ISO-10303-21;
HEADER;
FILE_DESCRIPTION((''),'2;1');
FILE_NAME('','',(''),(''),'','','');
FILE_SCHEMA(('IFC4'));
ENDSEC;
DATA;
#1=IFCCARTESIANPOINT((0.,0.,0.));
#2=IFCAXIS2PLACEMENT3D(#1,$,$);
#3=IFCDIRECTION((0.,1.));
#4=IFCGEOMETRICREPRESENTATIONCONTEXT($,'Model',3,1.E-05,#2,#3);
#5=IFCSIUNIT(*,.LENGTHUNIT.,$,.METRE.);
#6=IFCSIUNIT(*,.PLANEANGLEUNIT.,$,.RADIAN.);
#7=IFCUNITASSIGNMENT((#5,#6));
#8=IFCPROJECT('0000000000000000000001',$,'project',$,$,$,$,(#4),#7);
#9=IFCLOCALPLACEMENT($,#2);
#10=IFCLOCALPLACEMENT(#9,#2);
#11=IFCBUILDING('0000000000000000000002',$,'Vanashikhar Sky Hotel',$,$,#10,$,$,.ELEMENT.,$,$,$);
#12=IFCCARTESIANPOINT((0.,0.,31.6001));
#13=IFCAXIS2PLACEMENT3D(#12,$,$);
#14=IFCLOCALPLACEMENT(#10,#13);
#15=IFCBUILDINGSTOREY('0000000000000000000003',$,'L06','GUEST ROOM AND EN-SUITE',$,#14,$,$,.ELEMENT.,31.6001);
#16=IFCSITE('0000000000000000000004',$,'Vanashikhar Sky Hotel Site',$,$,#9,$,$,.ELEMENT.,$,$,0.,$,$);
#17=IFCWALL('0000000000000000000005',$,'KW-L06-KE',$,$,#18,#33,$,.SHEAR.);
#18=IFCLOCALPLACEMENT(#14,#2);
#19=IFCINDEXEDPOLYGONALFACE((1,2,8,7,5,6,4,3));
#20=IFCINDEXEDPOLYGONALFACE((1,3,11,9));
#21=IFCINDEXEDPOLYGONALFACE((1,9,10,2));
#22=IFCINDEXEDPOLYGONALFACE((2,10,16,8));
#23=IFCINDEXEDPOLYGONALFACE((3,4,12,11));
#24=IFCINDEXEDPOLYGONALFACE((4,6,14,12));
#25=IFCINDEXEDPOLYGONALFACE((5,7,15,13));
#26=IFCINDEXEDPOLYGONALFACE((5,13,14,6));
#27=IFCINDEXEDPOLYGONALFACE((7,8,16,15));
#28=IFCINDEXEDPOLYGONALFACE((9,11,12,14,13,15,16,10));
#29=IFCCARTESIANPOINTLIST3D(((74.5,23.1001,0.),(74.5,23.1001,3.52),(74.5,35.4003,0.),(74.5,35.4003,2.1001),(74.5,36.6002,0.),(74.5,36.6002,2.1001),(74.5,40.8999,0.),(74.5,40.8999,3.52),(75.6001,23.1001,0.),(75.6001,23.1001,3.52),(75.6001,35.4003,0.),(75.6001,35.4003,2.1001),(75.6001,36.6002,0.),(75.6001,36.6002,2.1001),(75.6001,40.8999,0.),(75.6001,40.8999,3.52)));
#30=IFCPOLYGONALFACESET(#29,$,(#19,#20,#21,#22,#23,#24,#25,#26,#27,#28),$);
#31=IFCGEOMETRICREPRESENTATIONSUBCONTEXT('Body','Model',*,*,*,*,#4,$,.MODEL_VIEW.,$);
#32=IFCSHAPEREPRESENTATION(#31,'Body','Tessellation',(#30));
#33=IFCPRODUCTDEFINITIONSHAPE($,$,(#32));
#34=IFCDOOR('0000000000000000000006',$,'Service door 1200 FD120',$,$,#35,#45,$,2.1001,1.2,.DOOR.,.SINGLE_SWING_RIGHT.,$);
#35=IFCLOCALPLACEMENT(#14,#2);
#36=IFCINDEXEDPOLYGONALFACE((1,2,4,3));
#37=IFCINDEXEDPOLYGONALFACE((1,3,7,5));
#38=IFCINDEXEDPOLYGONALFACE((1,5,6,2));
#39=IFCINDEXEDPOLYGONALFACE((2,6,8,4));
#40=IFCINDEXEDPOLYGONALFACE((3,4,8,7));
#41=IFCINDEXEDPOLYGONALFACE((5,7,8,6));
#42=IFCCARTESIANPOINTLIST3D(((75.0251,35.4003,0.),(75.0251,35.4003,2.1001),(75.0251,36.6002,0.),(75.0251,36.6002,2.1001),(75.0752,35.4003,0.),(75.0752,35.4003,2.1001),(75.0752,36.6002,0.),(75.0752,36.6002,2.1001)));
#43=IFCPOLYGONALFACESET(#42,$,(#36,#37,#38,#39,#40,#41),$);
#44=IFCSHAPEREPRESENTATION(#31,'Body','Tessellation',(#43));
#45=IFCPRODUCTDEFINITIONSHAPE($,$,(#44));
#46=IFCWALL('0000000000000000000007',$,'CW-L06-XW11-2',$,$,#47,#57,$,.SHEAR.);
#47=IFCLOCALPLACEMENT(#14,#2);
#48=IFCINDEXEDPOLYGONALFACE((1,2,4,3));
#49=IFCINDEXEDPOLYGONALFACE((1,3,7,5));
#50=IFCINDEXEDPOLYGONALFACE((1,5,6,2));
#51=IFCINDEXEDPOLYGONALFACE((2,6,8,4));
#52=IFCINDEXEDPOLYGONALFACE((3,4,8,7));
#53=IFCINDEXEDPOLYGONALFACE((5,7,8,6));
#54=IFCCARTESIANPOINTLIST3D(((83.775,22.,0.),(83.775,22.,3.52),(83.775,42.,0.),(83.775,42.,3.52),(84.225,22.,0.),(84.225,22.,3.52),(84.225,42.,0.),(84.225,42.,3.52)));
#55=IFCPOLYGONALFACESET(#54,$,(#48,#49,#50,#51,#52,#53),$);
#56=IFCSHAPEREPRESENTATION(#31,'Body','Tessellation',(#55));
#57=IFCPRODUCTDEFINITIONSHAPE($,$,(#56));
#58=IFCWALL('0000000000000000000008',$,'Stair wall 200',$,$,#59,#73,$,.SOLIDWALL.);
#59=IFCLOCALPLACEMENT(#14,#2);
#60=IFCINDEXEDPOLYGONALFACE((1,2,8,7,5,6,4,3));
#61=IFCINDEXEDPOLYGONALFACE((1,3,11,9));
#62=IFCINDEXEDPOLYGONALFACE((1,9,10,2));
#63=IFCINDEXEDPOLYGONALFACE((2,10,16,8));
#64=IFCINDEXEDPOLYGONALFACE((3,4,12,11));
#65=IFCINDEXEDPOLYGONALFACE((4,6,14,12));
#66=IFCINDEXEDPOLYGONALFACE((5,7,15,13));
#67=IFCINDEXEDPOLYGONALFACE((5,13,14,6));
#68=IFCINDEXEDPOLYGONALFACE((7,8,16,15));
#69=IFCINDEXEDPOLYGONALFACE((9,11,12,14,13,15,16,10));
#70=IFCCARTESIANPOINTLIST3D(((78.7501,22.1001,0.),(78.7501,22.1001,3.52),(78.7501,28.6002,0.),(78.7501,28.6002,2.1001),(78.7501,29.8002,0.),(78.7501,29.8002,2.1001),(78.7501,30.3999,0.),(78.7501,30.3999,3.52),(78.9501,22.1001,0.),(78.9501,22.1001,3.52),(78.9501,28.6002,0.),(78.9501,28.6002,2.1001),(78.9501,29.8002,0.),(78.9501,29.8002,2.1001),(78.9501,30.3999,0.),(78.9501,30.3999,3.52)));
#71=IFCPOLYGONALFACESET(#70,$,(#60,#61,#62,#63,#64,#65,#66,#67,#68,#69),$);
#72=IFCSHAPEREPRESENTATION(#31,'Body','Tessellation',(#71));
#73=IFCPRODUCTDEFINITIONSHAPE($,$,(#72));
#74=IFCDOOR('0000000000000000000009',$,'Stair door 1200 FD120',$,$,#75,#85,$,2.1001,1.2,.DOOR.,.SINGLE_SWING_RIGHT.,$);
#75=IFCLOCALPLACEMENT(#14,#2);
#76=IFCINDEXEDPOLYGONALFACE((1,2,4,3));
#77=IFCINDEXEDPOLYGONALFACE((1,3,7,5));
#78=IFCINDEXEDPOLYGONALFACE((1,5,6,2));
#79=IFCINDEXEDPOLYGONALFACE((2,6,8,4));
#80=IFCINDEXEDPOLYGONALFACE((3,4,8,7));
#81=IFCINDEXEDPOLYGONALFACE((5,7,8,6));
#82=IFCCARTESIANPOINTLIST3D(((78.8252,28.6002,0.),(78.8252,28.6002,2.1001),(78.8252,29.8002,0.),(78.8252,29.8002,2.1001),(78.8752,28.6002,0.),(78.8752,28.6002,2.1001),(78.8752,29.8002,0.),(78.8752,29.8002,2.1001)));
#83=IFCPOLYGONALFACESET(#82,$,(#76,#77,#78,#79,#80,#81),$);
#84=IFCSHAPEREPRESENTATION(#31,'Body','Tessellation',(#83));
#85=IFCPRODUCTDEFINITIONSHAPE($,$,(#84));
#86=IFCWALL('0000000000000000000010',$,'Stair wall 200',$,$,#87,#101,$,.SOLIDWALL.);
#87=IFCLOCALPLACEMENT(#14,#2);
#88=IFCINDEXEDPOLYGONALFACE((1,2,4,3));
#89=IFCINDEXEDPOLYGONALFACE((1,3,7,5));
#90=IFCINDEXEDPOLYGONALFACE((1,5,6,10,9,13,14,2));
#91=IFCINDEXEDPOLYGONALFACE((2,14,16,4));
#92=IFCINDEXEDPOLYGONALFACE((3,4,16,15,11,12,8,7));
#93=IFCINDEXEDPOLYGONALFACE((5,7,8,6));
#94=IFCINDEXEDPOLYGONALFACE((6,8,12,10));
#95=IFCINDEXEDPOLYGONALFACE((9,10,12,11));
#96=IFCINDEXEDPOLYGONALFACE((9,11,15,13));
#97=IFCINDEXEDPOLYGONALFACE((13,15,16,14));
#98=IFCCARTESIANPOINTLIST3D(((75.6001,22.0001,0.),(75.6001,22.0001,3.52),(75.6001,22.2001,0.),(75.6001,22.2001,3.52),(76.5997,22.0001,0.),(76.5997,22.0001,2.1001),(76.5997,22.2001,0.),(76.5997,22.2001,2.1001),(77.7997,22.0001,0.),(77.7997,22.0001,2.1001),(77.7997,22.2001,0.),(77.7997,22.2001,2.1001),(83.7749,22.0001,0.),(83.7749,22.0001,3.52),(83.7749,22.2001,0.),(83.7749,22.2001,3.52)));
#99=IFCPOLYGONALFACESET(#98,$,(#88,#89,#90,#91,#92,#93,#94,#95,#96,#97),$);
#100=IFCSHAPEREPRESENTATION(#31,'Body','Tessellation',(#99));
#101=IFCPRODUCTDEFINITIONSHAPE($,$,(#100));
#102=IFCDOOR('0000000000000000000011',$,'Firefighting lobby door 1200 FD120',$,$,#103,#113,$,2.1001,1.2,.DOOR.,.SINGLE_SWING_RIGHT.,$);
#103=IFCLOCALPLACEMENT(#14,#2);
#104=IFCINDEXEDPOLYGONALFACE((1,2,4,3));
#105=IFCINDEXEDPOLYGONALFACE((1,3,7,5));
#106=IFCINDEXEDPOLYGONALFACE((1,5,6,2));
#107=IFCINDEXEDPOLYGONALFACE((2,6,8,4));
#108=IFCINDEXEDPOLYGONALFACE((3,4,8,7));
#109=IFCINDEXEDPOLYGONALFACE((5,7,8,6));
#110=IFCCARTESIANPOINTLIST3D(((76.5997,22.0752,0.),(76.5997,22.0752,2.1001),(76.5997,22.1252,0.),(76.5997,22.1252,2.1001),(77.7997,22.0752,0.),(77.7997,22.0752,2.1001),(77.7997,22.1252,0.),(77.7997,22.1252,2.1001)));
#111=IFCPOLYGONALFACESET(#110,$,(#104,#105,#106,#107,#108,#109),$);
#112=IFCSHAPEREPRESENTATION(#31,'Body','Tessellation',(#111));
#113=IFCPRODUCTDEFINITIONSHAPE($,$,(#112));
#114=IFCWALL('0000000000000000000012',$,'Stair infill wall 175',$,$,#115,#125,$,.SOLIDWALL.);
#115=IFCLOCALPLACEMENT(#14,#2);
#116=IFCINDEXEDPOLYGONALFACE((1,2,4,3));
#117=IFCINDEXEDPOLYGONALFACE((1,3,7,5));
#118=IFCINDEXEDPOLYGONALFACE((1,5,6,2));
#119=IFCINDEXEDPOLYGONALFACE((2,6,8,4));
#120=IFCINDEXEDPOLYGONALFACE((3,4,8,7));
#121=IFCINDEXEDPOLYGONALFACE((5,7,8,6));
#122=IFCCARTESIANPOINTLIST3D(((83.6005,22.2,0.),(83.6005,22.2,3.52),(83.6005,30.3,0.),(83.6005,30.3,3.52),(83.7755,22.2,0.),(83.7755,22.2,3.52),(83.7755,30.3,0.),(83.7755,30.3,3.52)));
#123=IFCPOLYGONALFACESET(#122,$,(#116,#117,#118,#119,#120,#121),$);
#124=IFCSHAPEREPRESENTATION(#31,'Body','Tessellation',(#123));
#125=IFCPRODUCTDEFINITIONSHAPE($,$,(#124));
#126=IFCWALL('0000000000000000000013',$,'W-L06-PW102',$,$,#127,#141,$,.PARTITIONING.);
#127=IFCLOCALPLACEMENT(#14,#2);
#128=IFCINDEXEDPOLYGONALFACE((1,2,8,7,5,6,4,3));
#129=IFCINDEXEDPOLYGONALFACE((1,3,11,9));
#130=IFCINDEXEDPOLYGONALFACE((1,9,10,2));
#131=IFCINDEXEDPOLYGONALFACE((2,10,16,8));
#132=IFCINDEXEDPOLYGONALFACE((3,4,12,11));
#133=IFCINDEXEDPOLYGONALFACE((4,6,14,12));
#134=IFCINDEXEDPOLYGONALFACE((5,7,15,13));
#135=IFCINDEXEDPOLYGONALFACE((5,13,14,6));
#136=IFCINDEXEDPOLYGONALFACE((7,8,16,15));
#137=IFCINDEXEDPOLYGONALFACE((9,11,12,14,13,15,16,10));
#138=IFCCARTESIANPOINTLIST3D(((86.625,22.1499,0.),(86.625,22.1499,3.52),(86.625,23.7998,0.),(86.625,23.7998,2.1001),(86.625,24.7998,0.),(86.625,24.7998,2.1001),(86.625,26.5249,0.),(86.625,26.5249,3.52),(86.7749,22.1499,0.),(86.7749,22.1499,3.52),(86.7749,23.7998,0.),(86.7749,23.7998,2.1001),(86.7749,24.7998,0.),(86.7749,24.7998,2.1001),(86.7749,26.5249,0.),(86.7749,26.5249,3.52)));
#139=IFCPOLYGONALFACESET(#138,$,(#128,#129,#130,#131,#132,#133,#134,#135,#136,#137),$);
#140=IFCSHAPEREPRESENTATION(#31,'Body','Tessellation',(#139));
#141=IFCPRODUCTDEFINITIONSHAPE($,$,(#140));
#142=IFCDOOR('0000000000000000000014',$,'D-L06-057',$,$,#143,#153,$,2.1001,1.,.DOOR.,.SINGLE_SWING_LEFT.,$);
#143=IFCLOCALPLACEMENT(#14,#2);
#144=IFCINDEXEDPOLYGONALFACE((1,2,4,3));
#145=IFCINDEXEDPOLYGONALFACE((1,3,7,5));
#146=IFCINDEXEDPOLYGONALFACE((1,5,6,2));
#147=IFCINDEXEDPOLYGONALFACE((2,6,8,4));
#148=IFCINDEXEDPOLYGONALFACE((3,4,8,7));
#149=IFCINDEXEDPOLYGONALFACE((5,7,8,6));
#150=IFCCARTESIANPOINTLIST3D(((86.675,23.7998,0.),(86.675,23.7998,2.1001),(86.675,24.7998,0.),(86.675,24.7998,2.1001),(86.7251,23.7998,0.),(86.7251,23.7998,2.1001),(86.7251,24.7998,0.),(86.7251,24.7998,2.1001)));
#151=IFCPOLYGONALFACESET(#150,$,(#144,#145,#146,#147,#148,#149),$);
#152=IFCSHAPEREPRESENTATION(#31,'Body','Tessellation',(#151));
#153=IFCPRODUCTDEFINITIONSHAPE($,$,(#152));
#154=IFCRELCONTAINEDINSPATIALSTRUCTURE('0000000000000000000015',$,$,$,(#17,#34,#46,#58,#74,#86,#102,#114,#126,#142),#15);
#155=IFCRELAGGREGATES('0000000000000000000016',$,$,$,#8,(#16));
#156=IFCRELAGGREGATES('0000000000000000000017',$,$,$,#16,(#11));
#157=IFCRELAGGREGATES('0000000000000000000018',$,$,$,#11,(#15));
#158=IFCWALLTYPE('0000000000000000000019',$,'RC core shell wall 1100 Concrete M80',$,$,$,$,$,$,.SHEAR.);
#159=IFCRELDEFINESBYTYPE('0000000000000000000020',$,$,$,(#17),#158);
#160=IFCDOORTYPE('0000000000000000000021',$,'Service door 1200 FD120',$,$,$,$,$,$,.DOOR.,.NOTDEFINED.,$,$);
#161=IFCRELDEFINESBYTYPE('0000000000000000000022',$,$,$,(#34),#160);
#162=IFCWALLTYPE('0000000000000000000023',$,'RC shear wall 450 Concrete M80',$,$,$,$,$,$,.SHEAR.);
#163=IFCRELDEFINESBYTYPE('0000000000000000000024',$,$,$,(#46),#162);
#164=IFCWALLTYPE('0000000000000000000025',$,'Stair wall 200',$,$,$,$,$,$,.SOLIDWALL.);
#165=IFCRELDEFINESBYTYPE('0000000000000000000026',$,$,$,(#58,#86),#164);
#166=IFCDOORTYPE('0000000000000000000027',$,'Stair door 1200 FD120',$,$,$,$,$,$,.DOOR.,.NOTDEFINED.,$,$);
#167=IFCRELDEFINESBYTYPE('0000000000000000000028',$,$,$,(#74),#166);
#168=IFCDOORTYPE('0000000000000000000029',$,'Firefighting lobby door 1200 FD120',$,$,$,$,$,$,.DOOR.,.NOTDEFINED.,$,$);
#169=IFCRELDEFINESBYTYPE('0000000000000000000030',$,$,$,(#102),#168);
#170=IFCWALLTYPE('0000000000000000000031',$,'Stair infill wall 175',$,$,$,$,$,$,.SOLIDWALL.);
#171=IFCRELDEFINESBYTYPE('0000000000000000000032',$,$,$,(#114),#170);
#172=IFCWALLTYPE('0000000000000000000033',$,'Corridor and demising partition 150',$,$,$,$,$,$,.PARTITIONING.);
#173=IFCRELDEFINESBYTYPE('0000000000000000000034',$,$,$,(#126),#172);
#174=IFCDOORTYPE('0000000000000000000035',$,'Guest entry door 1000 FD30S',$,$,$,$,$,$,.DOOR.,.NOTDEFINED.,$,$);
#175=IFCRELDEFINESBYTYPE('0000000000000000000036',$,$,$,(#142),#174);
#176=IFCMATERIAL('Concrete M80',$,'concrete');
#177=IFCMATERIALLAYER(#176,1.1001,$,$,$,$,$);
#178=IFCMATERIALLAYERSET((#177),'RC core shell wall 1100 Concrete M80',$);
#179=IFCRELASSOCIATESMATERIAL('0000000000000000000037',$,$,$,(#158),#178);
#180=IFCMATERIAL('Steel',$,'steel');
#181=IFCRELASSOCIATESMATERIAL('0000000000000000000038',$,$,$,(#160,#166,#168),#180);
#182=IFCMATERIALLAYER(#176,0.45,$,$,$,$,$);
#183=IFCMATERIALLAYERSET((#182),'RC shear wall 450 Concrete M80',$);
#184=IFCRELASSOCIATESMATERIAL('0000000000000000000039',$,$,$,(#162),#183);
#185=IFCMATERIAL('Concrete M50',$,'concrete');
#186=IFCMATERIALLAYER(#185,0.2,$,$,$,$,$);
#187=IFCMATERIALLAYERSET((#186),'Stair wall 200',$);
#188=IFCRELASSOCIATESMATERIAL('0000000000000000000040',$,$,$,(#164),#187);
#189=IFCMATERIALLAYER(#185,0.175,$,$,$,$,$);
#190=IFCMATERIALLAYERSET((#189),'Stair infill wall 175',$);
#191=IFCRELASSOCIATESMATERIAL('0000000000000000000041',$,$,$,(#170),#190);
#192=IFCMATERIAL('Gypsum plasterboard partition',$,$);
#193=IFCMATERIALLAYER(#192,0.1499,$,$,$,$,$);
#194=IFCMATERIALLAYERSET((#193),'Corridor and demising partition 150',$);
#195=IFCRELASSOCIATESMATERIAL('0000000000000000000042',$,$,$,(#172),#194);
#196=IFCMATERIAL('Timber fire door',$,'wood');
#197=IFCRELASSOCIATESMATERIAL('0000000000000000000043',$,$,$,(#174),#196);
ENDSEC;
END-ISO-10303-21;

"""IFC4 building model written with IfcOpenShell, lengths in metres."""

from ifc_helpers import new_model, si_unit, direction, frame, frame_2d, origin, place, context, subcontext, project, spatial, rectangle, extrude, source, transform, mapped, material, layer, layer_set, type_object, element, fill, save


model = new_model("IFC4")

# Units and contexts
model_context = context("Model", 3, precision=1e-05, world=origin(), true_north=direction((0.0, 1.0)))
body_context = subcontext(model_context, "Body", "Model", "MODEL_VIEW")
ifc_project = project(units=[si_unit("LENGTHUNIT", "METRE"), si_unit("PLANEANGLEUNIT", "RADIAN")], contexts=[model_context])

# Site, building, storey
site_placement = place(None, origin())
site = spatial("IfcSite", under=ifc_project, at=site_placement, Name="Vanashikhar Sky Hotel Site", CompositionType="ELEMENT", RefElevation=0.0)
building_placement = place(site_placement, origin())
building = spatial("IfcBuilding", under=site, at=building_placement, Name="Vanashikhar Sky Hotel", CompositionType="ELEMENT")
storey_placement = place(building_placement, frame((0.0, 0.0, 31.6001)))
storey = spatial("IfcBuildingStorey", under=building, at=storey_placement, Name="L06", Description="GUEST ROOM AND EN-SUITE", CompositionType="ELEMENT", Elevation=31.6001)

# Wall, opening, door
ifc_material_1 = material(Name="Concrete M80", Category="concrete")
ifc_layer_1 = layer(ifc_material_1, 1.1001)
ifc_layer_set_1 = layer_set([ifc_layer_1], Name="RC core shell wall 1100 Concrete M80")
wall_type_1 = type_object("IfcWallType", Name="RC core shell wall 1100 Concrete M80", PredefinedType="SHEAR", material=ifc_layer_set_1)
shared_shape_1 = source(origin(), body_context, "Body", "SweptSolid", [
    extrude(rectangle(XDim=17.7998, YDim=1.1001, at=frame_2d((8.8999, 0.0))), origin(), (0.0, 0.0, 1.0), 3.52),
])
wall_1_placement = place(storey_placement, frame((75.05, 23.1001, 0.0), z_axis=(0.0, 0.0, 1.0), x_axis=(0.0, 1.0, 0.0)))
wall_1 = element("IfcWall", 1, at=wall_1_placement, inside=storey, type_object=wall_type_1, Name="KW-L06-KE", PredefinedType="SHEAR", context=body_context, shape_type="MappedRepresentation", body=[
    mapped(shared_shape_1, transform((0.0, 0.0, 0.0), scale=1.0)),
])
shared_shape_2 = source(origin(), body_context, "Body", "SweptSolid", [
    extrude(rectangle(XDim=1.2, YDim=2.1001, at=frame_2d((0.6001, 1.05))), frame((0.0, 0.5601, 0.0), z_axis=(0.0, -1.0, 0.0), x_axis=(1.0, 0.0, 0.0)), (0.0, 0.0, 1.0), 1.1201),
])
opening_1_placement = place(wall_1_placement, frame((12.3, 0.0, 0.0)))
opening_1 = element("IfcOpeningElement", 2, at=opening_1_placement, cuts=wall_1, PredefinedType="OPENING", context=body_context, shape_type="MappedRepresentation", body=[
    mapped(shared_shape_2, transform((0.0, 0.0, 0.0), scale=1.0)),
])
ifc_material_2 = material(Name="Steel", Category="steel")
door_type_1 = type_object("IfcDoorType", Name="Service door 1200 FD120", OperationType="NOTDEFINED", PredefinedType="DOOR", material=ifc_material_2)
shared_shape_3 = source(origin(), body_context, "Body", "SweptSolid", [
    extrude(rectangle(XDim=1.2, YDim=2.1001, at=frame_2d((0.6001, 1.05))), frame((0.0, 0.0249, 0.0), z_axis=(0.0, -1.0, 0.0), x_axis=(1.0, 0.0, 0.0)), (0.0, 0.0, 1.0), 0.05),
])
door_1_placement = place(opening_1_placement, origin())
door_1 = element("IfcDoor", 3, at=door_1_placement, inside=storey, type_object=door_type_1, Name="Service door 1200 FD120", OperationType="SINGLE_SWING_RIGHT", OverallHeight=2.1001, OverallWidth=1.2, PredefinedType="DOOR", context=body_context, shape_type="MappedRepresentation", body=[
    mapped(shared_shape_3, transform((0.0, 0.0, 0.0), scale=1.0)),
])
fill(opening_1, door_1)

# Wall
ifc_layer_2 = layer(ifc_material_1, 0.45)
ifc_layer_set_2 = layer_set([ifc_layer_2], Name="RC shear wall 450 Concrete M80")
wall_type_2 = type_object("IfcWallType", Name="RC shear wall 450 Concrete M80", PredefinedType="SHEAR", material=ifc_layer_set_2)
shared_shape_4 = source(origin(), body_context, "Body", "SweptSolid", [
    extrude(rectangle(XDim=20.0, YDim=0.45, at=frame_2d((10.0, 0.0))), origin(), (0.0, 0.0, 1.0), 3.52),
])
wall_2_placement = place(storey_placement, frame((84.0, 22.0, 0.0), z_axis=(0.0, 0.0, 1.0), x_axis=(0.0, 1.0, 0.0)))
element("IfcWall", 4, at=wall_2_placement, inside=storey, type_object=wall_type_2, Name="CW-L06-XW11-2", PredefinedType="SHEAR", context=body_context, shape_type="MappedRepresentation", body=[
    mapped(shared_shape_4, transform((0.0, 0.0, 0.0), scale=1.0)),
])

# Walls, openings, doors
ifc_material_3 = material(Name="Concrete M50", Category="concrete")
ifc_layer_3 = layer(ifc_material_3, 0.2)
ifc_layer_set_3 = layer_set([ifc_layer_3], Name="Stair wall 200")
wall_type_3 = type_object("IfcWallType", Name="Stair wall 200", PredefinedType="SOLIDWALL", material=ifc_layer_set_3)
shared_shape_5 = source(origin(), body_context, "Body", "SweptSolid", [
    extrude(rectangle(XDim=8.2998, YDim=0.2, at=frame_2d((4.1499, 0.0))), origin(), (0.0, 0.0, 1.0), 3.52),
])
wall_3_placement = place(storey_placement, frame((78.8501, 22.1001, 0.0), z_axis=(0.0, 0.0, 1.0), x_axis=(0.0, 1.0, 0.0)))
wall_3 = element("IfcWall", 5, at=wall_3_placement, inside=storey, type_object=wall_type_3, Name="Stair wall 200", PredefinedType="SOLIDWALL", context=body_context, shape_type="MappedRepresentation", body=[
    mapped(shared_shape_5, transform((0.0, 0.0, 0.0), scale=1.0)),
])
shared_shape_6 = source(origin(), body_context, "Body", "SweptSolid", [
    extrude(rectangle(XDim=1.2, YDim=2.1001, at=frame_2d((0.6001, 1.05))), frame((0.0, 0.1099, 0.0), z_axis=(0.0, -1.0, 0.0), x_axis=(1.0, 0.0, 0.0)), (0.0, 0.0, 1.0), 0.22),
])
opening_2_placement = place(wall_3_placement, frame((6.5, 0.0, 0.0)))
opening_2 = element("IfcOpeningElement", 6, at=opening_2_placement, cuts=wall_3, PredefinedType="OPENING", context=body_context, shape_type="MappedRepresentation", body=[
    mapped(shared_shape_6, transform((0.0, 0.0, 0.0), scale=1.0)),
])
door_type_2 = type_object("IfcDoorType", Name="Stair door 1200 FD120", OperationType="NOTDEFINED", PredefinedType="DOOR", material=ifc_material_2)
door_2_placement = place(opening_2_placement, origin())
door_2 = element("IfcDoor", 7, at=door_2_placement, inside=storey, type_object=door_type_2, Name="Stair door 1200 FD120", OperationType="SINGLE_SWING_RIGHT", OverallHeight=2.1001, OverallWidth=1.2, PredefinedType="DOOR", context=body_context, shape_type="MappedRepresentation", body=[
    mapped(shared_shape_3, transform((0.0, 0.0, 0.0), scale=1.0)),
])
fill(opening_2, door_2)
shared_shape_7 = source(origin(), body_context, "Body", "SweptSolid", [
    extrude(rectangle(XDim=8.1748, YDim=0.2, at=frame_2d((4.0874, 0.0))), origin(), (0.0, 0.0, 1.0), 3.52),
])
wall_4_placement = place(storey_placement, frame((83.7749, 22.1001, 0.0), z_axis=(0.0, 0.0, 1.0), x_axis=(-1.0, 0.0, 0.0)))
wall_4 = element("IfcWall", 8, at=wall_4_placement, inside=storey, type_object=wall_type_3, Name="Stair wall 200", PredefinedType="SOLIDWALL", context=body_context, shape_type="MappedRepresentation", body=[
    mapped(shared_shape_7, transform((0.0, 0.0, 0.0), scale=1.0)),
])
opening_3_placement = place(wall_4_placement, frame((5.9751, 0.0, 0.0)))
opening_3 = element("IfcOpeningElement", 9, at=opening_3_placement, cuts=wall_4, PredefinedType="OPENING", context=body_context, shape_type="MappedRepresentation", body=[
    mapped(shared_shape_6, transform((0.0, 0.0, 0.0), scale=1.0)),
])
door_type_3 = type_object("IfcDoorType", Name="Firefighting lobby door 1200 FD120", OperationType="NOTDEFINED", PredefinedType="DOOR", material=ifc_material_2)
door_3_placement = place(opening_3_placement, origin())
door_3 = element("IfcDoor", 10, at=door_3_placement, inside=storey, type_object=door_type_3, Name="Firefighting lobby door 1200 FD120", OperationType="SINGLE_SWING_RIGHT", OverallHeight=2.1001, OverallWidth=1.2, PredefinedType="DOOR", context=body_context, shape_type="MappedRepresentation", body=[
    mapped(shared_shape_3, transform((0.0, 0.0, 0.0), scale=1.0)),
])
fill(opening_3, door_3)

# Wall
ifc_layer_4 = layer(ifc_material_3, 0.175)
ifc_layer_set_4 = layer_set([ifc_layer_4], Name="Stair infill wall 175")
wall_type_4 = type_object("IfcWallType", Name="Stair infill wall 175", PredefinedType="SOLIDWALL", material=ifc_layer_set_4)
shared_shape_8 = source(origin(), body_context, "Body", "SweptSolid", [
    extrude(rectangle(XDim=8.1001, YDim=0.175, at=frame_2d((4.05, 0.0))), origin(), (0.0, 0.0, 1.0), 3.52),
])
wall_5_placement = place(storey_placement, frame((83.688, 22.2, 0.0), z_axis=(0.0, 0.0, 1.0), x_axis=(0.0, 1.0, 0.0)))
element("IfcWall", 11, at=wall_5_placement, inside=storey, type_object=wall_type_4, Name="Stair infill wall 175", PredefinedType="SOLIDWALL", context=body_context, shape_type="MappedRepresentation", body=[
    mapped(shared_shape_8, transform((0.0, 0.0, 0.0), scale=1.0)),
])

# Wall, opening, door
ifc_material_4 = material(Name="Gypsum plasterboard partition")
ifc_layer_5 = layer(ifc_material_4, 0.1499)
ifc_layer_set_5 = layer_set([ifc_layer_5], Name="Corridor and demising partition 150")
wall_type_5 = type_object("IfcWallType", Name="Corridor and demising partition 150", PredefinedType="PARTITIONING", material=ifc_layer_set_5)
shared_shape_9 = source(origin(), body_context, "Body", "SweptSolid", [
    extrude(rectangle(XDim=4.375, YDim=0.1499, at=frame_2d((2.1875, 0.0))), origin(), (0.0, 0.0, 1.0), 3.52),
])
wall_6_placement = place(storey_placement, frame((86.7, 22.1499, 0.0), z_axis=(0.0, 0.0, 1.0), x_axis=(0.0, 1.0, 0.0)))
wall_6 = element("IfcWall", 12, at=wall_6_placement, inside=storey, type_object=wall_type_5, Name="W-L06-PW102", PredefinedType="PARTITIONING", context=body_context, shape_type="MappedRepresentation", body=[
    mapped(shared_shape_9, transform((0.0, 0.0, 0.0), scale=1.0)),
])
shared_shape_10 = source(origin(), body_context, "Body", "SweptSolid", [
    extrude(rectangle(XDim=1.0, YDim=2.1001, at=frame_2d((0.5, 1.05))), frame((0.0, 0.085, 0.0), z_axis=(0.0, -1.0, 0.0), x_axis=(1.0, 0.0, 0.0)), (0.0, 0.0, 1.0), 0.1699),
])
opening_4_placement = place(wall_6_placement, frame((1.6499, 0.0, 0.0)))
opening_4 = element("IfcOpeningElement", 13, at=opening_4_placement, cuts=wall_6, PredefinedType="OPENING", context=body_context, shape_type="MappedRepresentation", body=[
    mapped(shared_shape_10, transform((0.0, 0.0, 0.0), scale=1.0)),
])
ifc_material_5 = material(Name="Timber fire door", Category="wood")
door_type_4 = type_object("IfcDoorType", Name="Guest entry door 1000 FD30S", OperationType="NOTDEFINED", PredefinedType="DOOR", material=ifc_material_5)
shared_shape_11 = source(origin(), body_context, "Body", "SweptSolid", [
    extrude(rectangle(XDim=1.0, YDim=2.1001, at=frame_2d((0.5, 1.05))), frame((0.0, 0.0249, 0.0), z_axis=(0.0, -1.0, 0.0), x_axis=(1.0, 0.0, 0.0)), (0.0, 0.0, 1.0), 0.05),
])
door_4_placement = place(opening_4_placement, origin())
door_4 = element("IfcDoor", 14, at=door_4_placement, inside=storey, type_object=door_type_4, Name="D-L06-057", OperationType="SINGLE_SWING_LEFT", OverallHeight=2.1001, OverallWidth=1.0, PredefinedType="DOOR", context=body_context, shape_type="MappedRepresentation", body=[
    mapped(shared_shape_11, transform((0.0, 0.0, 0.0), scale=1.0)),
])
fill(opening_4, door_4)

save(model, "model.ifc")
